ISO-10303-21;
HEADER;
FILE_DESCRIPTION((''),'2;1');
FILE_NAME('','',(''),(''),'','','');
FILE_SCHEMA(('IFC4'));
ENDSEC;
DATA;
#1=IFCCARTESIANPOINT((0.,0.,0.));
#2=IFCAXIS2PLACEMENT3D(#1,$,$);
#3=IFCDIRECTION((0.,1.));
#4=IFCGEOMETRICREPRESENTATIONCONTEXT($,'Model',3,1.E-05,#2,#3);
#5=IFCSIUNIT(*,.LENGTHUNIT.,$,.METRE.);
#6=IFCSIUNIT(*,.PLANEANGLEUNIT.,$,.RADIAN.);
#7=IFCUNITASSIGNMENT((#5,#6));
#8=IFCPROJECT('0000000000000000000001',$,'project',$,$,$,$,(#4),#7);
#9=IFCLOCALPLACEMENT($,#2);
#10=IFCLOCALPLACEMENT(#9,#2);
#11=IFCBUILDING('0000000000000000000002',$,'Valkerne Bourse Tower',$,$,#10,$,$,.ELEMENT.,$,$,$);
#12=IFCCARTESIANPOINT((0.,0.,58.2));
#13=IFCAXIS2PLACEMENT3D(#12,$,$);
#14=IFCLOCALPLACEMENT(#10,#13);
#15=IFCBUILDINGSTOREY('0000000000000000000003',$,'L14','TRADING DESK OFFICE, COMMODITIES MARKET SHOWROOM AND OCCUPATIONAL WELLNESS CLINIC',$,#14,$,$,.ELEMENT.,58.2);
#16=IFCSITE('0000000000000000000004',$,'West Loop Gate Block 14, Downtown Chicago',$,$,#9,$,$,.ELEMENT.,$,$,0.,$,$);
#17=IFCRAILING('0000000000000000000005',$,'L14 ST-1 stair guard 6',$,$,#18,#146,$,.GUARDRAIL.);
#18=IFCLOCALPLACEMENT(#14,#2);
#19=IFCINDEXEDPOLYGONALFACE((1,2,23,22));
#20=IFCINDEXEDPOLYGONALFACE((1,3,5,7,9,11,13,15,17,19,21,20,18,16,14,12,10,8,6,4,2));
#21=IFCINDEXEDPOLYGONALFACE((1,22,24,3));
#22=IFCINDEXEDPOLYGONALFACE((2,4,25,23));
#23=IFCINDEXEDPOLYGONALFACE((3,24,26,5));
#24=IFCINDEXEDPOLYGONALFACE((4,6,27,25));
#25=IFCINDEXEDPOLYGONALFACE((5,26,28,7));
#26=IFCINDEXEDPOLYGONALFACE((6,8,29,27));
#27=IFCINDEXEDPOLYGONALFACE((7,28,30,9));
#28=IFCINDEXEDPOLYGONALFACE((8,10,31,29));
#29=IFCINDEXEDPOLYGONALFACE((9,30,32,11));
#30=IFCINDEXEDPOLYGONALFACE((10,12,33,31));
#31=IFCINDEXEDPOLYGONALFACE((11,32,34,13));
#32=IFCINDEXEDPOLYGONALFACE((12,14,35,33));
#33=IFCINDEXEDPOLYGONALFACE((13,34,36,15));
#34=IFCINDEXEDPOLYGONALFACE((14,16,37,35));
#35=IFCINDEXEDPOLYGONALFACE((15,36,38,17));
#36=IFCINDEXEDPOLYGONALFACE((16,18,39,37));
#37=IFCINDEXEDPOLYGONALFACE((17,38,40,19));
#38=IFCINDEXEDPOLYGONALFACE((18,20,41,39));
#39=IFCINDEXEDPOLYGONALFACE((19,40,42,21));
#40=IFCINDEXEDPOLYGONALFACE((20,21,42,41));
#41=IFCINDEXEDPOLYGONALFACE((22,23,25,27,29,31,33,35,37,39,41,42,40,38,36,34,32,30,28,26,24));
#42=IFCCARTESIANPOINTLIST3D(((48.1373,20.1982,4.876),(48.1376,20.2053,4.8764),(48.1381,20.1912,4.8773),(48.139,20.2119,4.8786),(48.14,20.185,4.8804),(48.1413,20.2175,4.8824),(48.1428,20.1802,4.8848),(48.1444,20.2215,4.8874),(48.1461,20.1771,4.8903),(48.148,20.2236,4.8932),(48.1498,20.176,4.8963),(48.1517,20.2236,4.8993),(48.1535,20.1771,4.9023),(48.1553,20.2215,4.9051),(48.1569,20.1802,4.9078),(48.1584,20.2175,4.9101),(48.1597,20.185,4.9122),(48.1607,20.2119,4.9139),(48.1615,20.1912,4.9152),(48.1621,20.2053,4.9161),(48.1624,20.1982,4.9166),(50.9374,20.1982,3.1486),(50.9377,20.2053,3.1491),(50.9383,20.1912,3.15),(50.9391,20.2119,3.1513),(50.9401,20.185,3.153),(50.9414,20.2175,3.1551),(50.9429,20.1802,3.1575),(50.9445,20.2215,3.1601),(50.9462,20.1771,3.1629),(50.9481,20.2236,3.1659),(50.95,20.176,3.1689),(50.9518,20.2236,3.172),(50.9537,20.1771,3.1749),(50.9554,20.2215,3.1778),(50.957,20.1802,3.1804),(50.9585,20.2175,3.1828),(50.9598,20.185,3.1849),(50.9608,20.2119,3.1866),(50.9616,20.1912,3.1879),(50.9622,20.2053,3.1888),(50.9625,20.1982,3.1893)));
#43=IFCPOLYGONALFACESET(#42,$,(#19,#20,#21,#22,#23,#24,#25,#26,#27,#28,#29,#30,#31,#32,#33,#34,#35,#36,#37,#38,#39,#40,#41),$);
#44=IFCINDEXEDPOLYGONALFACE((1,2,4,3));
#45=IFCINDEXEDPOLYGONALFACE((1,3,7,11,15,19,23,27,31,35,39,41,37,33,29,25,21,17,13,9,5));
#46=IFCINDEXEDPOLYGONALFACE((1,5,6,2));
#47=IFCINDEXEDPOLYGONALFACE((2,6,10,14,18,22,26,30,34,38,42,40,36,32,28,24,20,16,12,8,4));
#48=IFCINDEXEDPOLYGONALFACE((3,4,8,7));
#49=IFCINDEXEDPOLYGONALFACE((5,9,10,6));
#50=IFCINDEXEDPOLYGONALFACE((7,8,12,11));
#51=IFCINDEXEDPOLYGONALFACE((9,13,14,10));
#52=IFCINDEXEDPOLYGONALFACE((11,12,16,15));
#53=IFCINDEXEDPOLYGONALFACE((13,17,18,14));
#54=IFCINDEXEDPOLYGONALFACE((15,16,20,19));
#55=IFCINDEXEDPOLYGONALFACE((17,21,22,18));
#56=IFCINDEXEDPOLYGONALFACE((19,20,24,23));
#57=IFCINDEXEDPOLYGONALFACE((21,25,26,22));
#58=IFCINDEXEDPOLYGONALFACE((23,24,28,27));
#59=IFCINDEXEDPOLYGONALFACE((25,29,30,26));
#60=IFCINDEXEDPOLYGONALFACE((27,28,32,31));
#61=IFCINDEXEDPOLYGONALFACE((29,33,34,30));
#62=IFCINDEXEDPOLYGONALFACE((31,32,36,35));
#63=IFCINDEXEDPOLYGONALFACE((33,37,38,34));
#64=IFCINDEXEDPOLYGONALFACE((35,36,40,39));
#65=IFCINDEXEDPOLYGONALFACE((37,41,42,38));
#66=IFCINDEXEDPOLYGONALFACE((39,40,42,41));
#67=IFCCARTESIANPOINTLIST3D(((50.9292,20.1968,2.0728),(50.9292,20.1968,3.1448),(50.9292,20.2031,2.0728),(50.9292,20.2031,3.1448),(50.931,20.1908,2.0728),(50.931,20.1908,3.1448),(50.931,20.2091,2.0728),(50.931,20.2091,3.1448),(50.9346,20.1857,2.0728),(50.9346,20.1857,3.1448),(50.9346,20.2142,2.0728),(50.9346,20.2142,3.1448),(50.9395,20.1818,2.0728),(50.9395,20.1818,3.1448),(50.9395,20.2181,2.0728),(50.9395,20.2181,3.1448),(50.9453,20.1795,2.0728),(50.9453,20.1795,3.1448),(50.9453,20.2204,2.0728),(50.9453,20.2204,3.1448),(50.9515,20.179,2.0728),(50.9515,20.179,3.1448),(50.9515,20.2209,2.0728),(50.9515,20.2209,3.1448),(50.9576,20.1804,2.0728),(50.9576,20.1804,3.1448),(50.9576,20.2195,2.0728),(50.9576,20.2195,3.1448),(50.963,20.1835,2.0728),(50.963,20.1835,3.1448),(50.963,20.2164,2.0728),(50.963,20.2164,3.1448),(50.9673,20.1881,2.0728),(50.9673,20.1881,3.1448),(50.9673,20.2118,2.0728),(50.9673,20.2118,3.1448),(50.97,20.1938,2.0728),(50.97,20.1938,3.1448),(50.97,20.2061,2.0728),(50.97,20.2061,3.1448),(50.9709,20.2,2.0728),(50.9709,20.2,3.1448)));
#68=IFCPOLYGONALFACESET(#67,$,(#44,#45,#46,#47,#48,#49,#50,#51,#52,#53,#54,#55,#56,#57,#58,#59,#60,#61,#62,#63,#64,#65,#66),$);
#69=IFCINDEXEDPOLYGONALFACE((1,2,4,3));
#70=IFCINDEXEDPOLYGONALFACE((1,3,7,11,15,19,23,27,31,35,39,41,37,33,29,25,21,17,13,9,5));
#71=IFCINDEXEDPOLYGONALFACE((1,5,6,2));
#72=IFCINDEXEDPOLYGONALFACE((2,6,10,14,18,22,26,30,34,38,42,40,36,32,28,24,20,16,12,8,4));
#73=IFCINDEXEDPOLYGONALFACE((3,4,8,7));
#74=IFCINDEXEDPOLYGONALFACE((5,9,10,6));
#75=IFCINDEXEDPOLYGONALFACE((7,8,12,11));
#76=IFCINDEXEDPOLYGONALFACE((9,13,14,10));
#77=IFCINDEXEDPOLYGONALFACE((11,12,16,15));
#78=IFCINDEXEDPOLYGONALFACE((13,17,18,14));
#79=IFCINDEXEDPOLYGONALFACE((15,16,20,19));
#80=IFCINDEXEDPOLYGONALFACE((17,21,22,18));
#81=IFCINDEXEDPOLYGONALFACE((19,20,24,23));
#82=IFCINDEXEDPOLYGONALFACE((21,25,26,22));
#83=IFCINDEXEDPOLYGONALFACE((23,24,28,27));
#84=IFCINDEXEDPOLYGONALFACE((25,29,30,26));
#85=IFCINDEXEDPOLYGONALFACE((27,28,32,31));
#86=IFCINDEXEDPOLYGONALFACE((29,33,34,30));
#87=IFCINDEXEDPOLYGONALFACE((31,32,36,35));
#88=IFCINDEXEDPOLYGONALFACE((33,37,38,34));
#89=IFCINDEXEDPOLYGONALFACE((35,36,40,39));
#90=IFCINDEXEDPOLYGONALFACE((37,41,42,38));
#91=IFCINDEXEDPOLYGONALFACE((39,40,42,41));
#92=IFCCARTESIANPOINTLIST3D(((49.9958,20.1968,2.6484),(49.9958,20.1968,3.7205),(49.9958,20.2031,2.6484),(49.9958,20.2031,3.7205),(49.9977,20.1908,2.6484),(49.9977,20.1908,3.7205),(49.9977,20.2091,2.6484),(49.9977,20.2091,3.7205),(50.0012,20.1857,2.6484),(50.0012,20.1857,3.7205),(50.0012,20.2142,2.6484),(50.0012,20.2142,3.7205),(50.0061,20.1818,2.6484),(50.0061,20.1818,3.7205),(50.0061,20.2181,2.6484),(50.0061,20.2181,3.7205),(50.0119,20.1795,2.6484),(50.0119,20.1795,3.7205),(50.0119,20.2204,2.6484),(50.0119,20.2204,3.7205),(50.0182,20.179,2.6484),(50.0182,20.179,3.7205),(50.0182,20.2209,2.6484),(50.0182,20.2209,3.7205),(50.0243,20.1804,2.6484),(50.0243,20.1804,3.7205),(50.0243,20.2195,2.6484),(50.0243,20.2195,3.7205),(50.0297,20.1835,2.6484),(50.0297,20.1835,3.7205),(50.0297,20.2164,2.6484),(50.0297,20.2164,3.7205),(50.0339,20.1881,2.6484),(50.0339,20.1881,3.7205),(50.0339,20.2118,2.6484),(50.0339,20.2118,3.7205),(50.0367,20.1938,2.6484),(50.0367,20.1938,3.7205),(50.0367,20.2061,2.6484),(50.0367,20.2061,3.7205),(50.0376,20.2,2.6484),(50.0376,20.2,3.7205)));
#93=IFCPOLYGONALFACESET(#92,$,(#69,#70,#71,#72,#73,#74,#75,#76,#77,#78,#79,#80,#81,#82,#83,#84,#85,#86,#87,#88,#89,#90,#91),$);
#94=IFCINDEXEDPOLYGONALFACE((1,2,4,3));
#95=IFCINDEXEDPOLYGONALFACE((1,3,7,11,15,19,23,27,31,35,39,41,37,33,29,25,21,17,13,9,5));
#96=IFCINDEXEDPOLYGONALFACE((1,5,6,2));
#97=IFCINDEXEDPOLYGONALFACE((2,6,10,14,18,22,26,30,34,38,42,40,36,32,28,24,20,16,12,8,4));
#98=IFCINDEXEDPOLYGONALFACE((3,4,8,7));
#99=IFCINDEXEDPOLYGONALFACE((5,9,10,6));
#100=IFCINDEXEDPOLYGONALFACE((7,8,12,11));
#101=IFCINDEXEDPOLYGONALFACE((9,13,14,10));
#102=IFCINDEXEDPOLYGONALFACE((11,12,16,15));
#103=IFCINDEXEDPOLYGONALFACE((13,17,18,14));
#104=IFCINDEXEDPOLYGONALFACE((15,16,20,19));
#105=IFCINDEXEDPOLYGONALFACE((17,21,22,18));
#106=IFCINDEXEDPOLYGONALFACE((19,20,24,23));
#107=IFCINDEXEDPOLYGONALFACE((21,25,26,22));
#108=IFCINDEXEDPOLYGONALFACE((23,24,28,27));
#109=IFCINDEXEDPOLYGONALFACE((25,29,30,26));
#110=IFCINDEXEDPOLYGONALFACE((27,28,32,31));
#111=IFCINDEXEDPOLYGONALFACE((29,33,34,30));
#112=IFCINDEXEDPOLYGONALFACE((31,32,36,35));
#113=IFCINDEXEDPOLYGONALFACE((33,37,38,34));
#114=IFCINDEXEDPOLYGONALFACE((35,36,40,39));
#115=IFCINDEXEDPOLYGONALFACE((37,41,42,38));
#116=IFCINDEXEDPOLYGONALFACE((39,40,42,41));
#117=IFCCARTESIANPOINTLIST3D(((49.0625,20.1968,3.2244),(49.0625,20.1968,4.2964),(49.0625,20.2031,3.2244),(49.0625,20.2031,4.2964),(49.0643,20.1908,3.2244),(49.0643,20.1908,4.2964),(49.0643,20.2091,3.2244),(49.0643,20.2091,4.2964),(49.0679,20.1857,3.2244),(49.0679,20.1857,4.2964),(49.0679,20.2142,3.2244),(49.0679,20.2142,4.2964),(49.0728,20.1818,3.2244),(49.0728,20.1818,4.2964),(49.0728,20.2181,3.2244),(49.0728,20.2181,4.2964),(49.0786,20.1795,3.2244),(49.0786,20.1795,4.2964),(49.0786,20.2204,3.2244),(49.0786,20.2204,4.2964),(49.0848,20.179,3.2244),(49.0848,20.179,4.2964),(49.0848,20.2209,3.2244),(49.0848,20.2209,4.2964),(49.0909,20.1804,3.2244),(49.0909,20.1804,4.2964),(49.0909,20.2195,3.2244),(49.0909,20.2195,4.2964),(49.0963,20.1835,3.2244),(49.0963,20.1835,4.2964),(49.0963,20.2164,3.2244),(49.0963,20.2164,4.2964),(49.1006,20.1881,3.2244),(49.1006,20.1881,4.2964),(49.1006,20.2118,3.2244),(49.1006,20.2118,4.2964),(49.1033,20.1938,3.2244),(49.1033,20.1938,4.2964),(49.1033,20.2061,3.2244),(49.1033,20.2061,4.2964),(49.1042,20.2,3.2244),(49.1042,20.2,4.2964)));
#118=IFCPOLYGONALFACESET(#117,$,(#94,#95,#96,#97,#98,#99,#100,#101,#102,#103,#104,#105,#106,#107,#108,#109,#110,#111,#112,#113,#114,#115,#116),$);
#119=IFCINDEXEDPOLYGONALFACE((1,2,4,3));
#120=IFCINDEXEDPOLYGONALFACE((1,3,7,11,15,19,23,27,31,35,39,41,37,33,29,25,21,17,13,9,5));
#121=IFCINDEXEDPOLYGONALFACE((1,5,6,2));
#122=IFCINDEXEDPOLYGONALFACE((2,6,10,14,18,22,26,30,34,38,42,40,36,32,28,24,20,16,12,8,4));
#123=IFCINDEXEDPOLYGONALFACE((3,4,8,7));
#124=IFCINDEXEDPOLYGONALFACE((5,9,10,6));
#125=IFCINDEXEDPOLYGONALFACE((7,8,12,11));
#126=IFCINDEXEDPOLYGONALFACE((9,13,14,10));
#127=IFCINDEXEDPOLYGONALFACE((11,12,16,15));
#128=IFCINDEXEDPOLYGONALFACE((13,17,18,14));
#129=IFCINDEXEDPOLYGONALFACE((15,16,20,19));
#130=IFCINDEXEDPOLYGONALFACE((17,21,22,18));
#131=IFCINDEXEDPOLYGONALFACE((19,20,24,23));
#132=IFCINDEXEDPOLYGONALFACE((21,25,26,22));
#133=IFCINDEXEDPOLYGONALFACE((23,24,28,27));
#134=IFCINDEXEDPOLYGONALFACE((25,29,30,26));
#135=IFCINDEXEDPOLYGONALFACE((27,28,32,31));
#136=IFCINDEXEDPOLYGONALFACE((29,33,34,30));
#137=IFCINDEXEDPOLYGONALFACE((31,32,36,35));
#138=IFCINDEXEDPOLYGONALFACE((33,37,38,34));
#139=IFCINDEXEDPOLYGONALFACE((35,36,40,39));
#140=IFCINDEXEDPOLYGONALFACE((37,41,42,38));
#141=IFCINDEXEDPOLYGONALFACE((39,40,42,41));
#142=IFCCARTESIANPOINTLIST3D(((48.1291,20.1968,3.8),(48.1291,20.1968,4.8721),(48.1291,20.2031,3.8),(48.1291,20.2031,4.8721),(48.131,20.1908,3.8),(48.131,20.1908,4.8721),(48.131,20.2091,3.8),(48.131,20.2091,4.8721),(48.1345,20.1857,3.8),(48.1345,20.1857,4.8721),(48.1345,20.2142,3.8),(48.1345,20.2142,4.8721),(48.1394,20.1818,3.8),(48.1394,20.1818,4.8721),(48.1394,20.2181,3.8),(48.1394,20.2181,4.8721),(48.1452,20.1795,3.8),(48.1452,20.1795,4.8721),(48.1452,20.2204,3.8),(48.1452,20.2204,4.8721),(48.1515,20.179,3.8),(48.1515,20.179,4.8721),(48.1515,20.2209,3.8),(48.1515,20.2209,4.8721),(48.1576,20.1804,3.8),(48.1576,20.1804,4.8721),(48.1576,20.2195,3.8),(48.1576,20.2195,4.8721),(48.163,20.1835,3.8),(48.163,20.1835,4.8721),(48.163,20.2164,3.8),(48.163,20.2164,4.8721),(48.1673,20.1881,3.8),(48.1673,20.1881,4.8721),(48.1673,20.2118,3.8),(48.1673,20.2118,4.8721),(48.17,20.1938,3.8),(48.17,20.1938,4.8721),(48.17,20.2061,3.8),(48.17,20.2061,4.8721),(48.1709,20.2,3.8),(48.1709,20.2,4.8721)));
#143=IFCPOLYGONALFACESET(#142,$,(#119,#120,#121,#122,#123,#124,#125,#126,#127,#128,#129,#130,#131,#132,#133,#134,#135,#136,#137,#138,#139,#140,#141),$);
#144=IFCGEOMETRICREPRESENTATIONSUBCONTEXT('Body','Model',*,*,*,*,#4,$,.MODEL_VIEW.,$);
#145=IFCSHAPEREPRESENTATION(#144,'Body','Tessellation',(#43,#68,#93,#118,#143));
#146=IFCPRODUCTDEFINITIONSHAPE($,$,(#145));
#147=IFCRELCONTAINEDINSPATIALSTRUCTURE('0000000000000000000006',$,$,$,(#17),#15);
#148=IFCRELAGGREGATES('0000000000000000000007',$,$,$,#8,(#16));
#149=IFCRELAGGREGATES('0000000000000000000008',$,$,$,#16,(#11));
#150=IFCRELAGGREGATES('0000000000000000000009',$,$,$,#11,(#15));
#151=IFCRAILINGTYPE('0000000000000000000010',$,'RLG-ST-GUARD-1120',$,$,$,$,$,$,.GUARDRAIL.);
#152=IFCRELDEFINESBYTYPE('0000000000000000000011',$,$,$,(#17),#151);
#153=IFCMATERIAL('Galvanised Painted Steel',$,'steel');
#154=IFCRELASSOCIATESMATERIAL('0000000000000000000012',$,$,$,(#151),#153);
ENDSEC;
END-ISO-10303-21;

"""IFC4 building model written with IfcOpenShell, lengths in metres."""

from ifc_helpers import new_model, si_unit, direction, frame, origin, origin_2d, place, context, subcontext, project, spatial, circle, extrude, material, type_object, element, save


model = new_model("IFC4")

# Units and contexts
model_context = context("Model", 3, precision=1e-05, world=origin(), true_north=direction((0.0, 1.0)))
body_context = subcontext(model_context, "Body", "Model", "MODEL_VIEW")
ifc_project = project(units=[si_unit("LENGTHUNIT", "METRE"), si_unit("PLANEANGLEUNIT", "RADIAN")], contexts=[model_context])

# Site, building, storey
site_placement = place(None, origin())
site = spatial("IfcSite", under=ifc_project, at=site_placement, Name="West Loop Gate Block 14, Downtown Chicago", CompositionType="ELEMENT", RefElevation=0.0)
building_placement = place(site_placement, origin())
building = spatial("IfcBuilding", under=site, at=building_placement, Name="Valkerne Bourse Tower", CompositionType="ELEMENT")
storey_placement = place(building_placement, frame((0.0, 0.0, 58.2)))
storey = spatial("IfcBuildingStorey", under=building, at=storey_placement, Name="L14", Description="TRADING DESK OFFICE, COMMODITIES MARKET SHOWROOM AND OCCUPATIONAL WELLNESS CLINIC", CompositionType="ELEMENT", Elevation=58.2)

# Shared definitions
ifc_material_1 = material(Name="Galvanised Painted Steel", Category="steel")

# Railing
railing_type_1 = type_object("IfcRailingType", Name="RLG-ST-GUARD-1120", PredefinedType="GUARDRAIL", material=ifc_material_1)
railing_1_placement = place(storey_placement, frame((50.95, 20.2, 2.0728)))
element("IfcRailing", 1, at=railing_1_placement, inside=storey, type_object=railing_type_1, Name="L14 ST-1 stair guard 6", PredefinedType="GUARDRAIL", context=body_context, shape_type="SweptSolid", body=[
    extrude(circle(Radius=0.0239, at=origin_2d()), frame((0.0, 0.0, 1.0962), z_axis=(-0.85109, 0.0, 0.52502), x_axis=(0.0, -1.0, 0.0)), (0.0, 0.0, 1.0), 3.29),
    extrude(circle(Radius=0.021, at=origin_2d()), origin(), (0.0, 0.0, 1.0), 1.072),
    extrude(circle(Radius=0.021, at=origin_2d()), frame((-0.9333, 0.0, 0.5757)), (0.0, 0.0, 1.0), 1.072),
    extrude(circle(Radius=0.021, at=origin_2d()), frame((-1.8667, 0.0, 1.1516)), (0.0, 0.0, 1.0), 1.072),
    extrude(circle(Radius=0.021, at=origin_2d()), frame((-2.8, 0.0, 1.7273)), (0.0, 0.0, 1.0), 1.072),
])

save(model, "model.ifc")
